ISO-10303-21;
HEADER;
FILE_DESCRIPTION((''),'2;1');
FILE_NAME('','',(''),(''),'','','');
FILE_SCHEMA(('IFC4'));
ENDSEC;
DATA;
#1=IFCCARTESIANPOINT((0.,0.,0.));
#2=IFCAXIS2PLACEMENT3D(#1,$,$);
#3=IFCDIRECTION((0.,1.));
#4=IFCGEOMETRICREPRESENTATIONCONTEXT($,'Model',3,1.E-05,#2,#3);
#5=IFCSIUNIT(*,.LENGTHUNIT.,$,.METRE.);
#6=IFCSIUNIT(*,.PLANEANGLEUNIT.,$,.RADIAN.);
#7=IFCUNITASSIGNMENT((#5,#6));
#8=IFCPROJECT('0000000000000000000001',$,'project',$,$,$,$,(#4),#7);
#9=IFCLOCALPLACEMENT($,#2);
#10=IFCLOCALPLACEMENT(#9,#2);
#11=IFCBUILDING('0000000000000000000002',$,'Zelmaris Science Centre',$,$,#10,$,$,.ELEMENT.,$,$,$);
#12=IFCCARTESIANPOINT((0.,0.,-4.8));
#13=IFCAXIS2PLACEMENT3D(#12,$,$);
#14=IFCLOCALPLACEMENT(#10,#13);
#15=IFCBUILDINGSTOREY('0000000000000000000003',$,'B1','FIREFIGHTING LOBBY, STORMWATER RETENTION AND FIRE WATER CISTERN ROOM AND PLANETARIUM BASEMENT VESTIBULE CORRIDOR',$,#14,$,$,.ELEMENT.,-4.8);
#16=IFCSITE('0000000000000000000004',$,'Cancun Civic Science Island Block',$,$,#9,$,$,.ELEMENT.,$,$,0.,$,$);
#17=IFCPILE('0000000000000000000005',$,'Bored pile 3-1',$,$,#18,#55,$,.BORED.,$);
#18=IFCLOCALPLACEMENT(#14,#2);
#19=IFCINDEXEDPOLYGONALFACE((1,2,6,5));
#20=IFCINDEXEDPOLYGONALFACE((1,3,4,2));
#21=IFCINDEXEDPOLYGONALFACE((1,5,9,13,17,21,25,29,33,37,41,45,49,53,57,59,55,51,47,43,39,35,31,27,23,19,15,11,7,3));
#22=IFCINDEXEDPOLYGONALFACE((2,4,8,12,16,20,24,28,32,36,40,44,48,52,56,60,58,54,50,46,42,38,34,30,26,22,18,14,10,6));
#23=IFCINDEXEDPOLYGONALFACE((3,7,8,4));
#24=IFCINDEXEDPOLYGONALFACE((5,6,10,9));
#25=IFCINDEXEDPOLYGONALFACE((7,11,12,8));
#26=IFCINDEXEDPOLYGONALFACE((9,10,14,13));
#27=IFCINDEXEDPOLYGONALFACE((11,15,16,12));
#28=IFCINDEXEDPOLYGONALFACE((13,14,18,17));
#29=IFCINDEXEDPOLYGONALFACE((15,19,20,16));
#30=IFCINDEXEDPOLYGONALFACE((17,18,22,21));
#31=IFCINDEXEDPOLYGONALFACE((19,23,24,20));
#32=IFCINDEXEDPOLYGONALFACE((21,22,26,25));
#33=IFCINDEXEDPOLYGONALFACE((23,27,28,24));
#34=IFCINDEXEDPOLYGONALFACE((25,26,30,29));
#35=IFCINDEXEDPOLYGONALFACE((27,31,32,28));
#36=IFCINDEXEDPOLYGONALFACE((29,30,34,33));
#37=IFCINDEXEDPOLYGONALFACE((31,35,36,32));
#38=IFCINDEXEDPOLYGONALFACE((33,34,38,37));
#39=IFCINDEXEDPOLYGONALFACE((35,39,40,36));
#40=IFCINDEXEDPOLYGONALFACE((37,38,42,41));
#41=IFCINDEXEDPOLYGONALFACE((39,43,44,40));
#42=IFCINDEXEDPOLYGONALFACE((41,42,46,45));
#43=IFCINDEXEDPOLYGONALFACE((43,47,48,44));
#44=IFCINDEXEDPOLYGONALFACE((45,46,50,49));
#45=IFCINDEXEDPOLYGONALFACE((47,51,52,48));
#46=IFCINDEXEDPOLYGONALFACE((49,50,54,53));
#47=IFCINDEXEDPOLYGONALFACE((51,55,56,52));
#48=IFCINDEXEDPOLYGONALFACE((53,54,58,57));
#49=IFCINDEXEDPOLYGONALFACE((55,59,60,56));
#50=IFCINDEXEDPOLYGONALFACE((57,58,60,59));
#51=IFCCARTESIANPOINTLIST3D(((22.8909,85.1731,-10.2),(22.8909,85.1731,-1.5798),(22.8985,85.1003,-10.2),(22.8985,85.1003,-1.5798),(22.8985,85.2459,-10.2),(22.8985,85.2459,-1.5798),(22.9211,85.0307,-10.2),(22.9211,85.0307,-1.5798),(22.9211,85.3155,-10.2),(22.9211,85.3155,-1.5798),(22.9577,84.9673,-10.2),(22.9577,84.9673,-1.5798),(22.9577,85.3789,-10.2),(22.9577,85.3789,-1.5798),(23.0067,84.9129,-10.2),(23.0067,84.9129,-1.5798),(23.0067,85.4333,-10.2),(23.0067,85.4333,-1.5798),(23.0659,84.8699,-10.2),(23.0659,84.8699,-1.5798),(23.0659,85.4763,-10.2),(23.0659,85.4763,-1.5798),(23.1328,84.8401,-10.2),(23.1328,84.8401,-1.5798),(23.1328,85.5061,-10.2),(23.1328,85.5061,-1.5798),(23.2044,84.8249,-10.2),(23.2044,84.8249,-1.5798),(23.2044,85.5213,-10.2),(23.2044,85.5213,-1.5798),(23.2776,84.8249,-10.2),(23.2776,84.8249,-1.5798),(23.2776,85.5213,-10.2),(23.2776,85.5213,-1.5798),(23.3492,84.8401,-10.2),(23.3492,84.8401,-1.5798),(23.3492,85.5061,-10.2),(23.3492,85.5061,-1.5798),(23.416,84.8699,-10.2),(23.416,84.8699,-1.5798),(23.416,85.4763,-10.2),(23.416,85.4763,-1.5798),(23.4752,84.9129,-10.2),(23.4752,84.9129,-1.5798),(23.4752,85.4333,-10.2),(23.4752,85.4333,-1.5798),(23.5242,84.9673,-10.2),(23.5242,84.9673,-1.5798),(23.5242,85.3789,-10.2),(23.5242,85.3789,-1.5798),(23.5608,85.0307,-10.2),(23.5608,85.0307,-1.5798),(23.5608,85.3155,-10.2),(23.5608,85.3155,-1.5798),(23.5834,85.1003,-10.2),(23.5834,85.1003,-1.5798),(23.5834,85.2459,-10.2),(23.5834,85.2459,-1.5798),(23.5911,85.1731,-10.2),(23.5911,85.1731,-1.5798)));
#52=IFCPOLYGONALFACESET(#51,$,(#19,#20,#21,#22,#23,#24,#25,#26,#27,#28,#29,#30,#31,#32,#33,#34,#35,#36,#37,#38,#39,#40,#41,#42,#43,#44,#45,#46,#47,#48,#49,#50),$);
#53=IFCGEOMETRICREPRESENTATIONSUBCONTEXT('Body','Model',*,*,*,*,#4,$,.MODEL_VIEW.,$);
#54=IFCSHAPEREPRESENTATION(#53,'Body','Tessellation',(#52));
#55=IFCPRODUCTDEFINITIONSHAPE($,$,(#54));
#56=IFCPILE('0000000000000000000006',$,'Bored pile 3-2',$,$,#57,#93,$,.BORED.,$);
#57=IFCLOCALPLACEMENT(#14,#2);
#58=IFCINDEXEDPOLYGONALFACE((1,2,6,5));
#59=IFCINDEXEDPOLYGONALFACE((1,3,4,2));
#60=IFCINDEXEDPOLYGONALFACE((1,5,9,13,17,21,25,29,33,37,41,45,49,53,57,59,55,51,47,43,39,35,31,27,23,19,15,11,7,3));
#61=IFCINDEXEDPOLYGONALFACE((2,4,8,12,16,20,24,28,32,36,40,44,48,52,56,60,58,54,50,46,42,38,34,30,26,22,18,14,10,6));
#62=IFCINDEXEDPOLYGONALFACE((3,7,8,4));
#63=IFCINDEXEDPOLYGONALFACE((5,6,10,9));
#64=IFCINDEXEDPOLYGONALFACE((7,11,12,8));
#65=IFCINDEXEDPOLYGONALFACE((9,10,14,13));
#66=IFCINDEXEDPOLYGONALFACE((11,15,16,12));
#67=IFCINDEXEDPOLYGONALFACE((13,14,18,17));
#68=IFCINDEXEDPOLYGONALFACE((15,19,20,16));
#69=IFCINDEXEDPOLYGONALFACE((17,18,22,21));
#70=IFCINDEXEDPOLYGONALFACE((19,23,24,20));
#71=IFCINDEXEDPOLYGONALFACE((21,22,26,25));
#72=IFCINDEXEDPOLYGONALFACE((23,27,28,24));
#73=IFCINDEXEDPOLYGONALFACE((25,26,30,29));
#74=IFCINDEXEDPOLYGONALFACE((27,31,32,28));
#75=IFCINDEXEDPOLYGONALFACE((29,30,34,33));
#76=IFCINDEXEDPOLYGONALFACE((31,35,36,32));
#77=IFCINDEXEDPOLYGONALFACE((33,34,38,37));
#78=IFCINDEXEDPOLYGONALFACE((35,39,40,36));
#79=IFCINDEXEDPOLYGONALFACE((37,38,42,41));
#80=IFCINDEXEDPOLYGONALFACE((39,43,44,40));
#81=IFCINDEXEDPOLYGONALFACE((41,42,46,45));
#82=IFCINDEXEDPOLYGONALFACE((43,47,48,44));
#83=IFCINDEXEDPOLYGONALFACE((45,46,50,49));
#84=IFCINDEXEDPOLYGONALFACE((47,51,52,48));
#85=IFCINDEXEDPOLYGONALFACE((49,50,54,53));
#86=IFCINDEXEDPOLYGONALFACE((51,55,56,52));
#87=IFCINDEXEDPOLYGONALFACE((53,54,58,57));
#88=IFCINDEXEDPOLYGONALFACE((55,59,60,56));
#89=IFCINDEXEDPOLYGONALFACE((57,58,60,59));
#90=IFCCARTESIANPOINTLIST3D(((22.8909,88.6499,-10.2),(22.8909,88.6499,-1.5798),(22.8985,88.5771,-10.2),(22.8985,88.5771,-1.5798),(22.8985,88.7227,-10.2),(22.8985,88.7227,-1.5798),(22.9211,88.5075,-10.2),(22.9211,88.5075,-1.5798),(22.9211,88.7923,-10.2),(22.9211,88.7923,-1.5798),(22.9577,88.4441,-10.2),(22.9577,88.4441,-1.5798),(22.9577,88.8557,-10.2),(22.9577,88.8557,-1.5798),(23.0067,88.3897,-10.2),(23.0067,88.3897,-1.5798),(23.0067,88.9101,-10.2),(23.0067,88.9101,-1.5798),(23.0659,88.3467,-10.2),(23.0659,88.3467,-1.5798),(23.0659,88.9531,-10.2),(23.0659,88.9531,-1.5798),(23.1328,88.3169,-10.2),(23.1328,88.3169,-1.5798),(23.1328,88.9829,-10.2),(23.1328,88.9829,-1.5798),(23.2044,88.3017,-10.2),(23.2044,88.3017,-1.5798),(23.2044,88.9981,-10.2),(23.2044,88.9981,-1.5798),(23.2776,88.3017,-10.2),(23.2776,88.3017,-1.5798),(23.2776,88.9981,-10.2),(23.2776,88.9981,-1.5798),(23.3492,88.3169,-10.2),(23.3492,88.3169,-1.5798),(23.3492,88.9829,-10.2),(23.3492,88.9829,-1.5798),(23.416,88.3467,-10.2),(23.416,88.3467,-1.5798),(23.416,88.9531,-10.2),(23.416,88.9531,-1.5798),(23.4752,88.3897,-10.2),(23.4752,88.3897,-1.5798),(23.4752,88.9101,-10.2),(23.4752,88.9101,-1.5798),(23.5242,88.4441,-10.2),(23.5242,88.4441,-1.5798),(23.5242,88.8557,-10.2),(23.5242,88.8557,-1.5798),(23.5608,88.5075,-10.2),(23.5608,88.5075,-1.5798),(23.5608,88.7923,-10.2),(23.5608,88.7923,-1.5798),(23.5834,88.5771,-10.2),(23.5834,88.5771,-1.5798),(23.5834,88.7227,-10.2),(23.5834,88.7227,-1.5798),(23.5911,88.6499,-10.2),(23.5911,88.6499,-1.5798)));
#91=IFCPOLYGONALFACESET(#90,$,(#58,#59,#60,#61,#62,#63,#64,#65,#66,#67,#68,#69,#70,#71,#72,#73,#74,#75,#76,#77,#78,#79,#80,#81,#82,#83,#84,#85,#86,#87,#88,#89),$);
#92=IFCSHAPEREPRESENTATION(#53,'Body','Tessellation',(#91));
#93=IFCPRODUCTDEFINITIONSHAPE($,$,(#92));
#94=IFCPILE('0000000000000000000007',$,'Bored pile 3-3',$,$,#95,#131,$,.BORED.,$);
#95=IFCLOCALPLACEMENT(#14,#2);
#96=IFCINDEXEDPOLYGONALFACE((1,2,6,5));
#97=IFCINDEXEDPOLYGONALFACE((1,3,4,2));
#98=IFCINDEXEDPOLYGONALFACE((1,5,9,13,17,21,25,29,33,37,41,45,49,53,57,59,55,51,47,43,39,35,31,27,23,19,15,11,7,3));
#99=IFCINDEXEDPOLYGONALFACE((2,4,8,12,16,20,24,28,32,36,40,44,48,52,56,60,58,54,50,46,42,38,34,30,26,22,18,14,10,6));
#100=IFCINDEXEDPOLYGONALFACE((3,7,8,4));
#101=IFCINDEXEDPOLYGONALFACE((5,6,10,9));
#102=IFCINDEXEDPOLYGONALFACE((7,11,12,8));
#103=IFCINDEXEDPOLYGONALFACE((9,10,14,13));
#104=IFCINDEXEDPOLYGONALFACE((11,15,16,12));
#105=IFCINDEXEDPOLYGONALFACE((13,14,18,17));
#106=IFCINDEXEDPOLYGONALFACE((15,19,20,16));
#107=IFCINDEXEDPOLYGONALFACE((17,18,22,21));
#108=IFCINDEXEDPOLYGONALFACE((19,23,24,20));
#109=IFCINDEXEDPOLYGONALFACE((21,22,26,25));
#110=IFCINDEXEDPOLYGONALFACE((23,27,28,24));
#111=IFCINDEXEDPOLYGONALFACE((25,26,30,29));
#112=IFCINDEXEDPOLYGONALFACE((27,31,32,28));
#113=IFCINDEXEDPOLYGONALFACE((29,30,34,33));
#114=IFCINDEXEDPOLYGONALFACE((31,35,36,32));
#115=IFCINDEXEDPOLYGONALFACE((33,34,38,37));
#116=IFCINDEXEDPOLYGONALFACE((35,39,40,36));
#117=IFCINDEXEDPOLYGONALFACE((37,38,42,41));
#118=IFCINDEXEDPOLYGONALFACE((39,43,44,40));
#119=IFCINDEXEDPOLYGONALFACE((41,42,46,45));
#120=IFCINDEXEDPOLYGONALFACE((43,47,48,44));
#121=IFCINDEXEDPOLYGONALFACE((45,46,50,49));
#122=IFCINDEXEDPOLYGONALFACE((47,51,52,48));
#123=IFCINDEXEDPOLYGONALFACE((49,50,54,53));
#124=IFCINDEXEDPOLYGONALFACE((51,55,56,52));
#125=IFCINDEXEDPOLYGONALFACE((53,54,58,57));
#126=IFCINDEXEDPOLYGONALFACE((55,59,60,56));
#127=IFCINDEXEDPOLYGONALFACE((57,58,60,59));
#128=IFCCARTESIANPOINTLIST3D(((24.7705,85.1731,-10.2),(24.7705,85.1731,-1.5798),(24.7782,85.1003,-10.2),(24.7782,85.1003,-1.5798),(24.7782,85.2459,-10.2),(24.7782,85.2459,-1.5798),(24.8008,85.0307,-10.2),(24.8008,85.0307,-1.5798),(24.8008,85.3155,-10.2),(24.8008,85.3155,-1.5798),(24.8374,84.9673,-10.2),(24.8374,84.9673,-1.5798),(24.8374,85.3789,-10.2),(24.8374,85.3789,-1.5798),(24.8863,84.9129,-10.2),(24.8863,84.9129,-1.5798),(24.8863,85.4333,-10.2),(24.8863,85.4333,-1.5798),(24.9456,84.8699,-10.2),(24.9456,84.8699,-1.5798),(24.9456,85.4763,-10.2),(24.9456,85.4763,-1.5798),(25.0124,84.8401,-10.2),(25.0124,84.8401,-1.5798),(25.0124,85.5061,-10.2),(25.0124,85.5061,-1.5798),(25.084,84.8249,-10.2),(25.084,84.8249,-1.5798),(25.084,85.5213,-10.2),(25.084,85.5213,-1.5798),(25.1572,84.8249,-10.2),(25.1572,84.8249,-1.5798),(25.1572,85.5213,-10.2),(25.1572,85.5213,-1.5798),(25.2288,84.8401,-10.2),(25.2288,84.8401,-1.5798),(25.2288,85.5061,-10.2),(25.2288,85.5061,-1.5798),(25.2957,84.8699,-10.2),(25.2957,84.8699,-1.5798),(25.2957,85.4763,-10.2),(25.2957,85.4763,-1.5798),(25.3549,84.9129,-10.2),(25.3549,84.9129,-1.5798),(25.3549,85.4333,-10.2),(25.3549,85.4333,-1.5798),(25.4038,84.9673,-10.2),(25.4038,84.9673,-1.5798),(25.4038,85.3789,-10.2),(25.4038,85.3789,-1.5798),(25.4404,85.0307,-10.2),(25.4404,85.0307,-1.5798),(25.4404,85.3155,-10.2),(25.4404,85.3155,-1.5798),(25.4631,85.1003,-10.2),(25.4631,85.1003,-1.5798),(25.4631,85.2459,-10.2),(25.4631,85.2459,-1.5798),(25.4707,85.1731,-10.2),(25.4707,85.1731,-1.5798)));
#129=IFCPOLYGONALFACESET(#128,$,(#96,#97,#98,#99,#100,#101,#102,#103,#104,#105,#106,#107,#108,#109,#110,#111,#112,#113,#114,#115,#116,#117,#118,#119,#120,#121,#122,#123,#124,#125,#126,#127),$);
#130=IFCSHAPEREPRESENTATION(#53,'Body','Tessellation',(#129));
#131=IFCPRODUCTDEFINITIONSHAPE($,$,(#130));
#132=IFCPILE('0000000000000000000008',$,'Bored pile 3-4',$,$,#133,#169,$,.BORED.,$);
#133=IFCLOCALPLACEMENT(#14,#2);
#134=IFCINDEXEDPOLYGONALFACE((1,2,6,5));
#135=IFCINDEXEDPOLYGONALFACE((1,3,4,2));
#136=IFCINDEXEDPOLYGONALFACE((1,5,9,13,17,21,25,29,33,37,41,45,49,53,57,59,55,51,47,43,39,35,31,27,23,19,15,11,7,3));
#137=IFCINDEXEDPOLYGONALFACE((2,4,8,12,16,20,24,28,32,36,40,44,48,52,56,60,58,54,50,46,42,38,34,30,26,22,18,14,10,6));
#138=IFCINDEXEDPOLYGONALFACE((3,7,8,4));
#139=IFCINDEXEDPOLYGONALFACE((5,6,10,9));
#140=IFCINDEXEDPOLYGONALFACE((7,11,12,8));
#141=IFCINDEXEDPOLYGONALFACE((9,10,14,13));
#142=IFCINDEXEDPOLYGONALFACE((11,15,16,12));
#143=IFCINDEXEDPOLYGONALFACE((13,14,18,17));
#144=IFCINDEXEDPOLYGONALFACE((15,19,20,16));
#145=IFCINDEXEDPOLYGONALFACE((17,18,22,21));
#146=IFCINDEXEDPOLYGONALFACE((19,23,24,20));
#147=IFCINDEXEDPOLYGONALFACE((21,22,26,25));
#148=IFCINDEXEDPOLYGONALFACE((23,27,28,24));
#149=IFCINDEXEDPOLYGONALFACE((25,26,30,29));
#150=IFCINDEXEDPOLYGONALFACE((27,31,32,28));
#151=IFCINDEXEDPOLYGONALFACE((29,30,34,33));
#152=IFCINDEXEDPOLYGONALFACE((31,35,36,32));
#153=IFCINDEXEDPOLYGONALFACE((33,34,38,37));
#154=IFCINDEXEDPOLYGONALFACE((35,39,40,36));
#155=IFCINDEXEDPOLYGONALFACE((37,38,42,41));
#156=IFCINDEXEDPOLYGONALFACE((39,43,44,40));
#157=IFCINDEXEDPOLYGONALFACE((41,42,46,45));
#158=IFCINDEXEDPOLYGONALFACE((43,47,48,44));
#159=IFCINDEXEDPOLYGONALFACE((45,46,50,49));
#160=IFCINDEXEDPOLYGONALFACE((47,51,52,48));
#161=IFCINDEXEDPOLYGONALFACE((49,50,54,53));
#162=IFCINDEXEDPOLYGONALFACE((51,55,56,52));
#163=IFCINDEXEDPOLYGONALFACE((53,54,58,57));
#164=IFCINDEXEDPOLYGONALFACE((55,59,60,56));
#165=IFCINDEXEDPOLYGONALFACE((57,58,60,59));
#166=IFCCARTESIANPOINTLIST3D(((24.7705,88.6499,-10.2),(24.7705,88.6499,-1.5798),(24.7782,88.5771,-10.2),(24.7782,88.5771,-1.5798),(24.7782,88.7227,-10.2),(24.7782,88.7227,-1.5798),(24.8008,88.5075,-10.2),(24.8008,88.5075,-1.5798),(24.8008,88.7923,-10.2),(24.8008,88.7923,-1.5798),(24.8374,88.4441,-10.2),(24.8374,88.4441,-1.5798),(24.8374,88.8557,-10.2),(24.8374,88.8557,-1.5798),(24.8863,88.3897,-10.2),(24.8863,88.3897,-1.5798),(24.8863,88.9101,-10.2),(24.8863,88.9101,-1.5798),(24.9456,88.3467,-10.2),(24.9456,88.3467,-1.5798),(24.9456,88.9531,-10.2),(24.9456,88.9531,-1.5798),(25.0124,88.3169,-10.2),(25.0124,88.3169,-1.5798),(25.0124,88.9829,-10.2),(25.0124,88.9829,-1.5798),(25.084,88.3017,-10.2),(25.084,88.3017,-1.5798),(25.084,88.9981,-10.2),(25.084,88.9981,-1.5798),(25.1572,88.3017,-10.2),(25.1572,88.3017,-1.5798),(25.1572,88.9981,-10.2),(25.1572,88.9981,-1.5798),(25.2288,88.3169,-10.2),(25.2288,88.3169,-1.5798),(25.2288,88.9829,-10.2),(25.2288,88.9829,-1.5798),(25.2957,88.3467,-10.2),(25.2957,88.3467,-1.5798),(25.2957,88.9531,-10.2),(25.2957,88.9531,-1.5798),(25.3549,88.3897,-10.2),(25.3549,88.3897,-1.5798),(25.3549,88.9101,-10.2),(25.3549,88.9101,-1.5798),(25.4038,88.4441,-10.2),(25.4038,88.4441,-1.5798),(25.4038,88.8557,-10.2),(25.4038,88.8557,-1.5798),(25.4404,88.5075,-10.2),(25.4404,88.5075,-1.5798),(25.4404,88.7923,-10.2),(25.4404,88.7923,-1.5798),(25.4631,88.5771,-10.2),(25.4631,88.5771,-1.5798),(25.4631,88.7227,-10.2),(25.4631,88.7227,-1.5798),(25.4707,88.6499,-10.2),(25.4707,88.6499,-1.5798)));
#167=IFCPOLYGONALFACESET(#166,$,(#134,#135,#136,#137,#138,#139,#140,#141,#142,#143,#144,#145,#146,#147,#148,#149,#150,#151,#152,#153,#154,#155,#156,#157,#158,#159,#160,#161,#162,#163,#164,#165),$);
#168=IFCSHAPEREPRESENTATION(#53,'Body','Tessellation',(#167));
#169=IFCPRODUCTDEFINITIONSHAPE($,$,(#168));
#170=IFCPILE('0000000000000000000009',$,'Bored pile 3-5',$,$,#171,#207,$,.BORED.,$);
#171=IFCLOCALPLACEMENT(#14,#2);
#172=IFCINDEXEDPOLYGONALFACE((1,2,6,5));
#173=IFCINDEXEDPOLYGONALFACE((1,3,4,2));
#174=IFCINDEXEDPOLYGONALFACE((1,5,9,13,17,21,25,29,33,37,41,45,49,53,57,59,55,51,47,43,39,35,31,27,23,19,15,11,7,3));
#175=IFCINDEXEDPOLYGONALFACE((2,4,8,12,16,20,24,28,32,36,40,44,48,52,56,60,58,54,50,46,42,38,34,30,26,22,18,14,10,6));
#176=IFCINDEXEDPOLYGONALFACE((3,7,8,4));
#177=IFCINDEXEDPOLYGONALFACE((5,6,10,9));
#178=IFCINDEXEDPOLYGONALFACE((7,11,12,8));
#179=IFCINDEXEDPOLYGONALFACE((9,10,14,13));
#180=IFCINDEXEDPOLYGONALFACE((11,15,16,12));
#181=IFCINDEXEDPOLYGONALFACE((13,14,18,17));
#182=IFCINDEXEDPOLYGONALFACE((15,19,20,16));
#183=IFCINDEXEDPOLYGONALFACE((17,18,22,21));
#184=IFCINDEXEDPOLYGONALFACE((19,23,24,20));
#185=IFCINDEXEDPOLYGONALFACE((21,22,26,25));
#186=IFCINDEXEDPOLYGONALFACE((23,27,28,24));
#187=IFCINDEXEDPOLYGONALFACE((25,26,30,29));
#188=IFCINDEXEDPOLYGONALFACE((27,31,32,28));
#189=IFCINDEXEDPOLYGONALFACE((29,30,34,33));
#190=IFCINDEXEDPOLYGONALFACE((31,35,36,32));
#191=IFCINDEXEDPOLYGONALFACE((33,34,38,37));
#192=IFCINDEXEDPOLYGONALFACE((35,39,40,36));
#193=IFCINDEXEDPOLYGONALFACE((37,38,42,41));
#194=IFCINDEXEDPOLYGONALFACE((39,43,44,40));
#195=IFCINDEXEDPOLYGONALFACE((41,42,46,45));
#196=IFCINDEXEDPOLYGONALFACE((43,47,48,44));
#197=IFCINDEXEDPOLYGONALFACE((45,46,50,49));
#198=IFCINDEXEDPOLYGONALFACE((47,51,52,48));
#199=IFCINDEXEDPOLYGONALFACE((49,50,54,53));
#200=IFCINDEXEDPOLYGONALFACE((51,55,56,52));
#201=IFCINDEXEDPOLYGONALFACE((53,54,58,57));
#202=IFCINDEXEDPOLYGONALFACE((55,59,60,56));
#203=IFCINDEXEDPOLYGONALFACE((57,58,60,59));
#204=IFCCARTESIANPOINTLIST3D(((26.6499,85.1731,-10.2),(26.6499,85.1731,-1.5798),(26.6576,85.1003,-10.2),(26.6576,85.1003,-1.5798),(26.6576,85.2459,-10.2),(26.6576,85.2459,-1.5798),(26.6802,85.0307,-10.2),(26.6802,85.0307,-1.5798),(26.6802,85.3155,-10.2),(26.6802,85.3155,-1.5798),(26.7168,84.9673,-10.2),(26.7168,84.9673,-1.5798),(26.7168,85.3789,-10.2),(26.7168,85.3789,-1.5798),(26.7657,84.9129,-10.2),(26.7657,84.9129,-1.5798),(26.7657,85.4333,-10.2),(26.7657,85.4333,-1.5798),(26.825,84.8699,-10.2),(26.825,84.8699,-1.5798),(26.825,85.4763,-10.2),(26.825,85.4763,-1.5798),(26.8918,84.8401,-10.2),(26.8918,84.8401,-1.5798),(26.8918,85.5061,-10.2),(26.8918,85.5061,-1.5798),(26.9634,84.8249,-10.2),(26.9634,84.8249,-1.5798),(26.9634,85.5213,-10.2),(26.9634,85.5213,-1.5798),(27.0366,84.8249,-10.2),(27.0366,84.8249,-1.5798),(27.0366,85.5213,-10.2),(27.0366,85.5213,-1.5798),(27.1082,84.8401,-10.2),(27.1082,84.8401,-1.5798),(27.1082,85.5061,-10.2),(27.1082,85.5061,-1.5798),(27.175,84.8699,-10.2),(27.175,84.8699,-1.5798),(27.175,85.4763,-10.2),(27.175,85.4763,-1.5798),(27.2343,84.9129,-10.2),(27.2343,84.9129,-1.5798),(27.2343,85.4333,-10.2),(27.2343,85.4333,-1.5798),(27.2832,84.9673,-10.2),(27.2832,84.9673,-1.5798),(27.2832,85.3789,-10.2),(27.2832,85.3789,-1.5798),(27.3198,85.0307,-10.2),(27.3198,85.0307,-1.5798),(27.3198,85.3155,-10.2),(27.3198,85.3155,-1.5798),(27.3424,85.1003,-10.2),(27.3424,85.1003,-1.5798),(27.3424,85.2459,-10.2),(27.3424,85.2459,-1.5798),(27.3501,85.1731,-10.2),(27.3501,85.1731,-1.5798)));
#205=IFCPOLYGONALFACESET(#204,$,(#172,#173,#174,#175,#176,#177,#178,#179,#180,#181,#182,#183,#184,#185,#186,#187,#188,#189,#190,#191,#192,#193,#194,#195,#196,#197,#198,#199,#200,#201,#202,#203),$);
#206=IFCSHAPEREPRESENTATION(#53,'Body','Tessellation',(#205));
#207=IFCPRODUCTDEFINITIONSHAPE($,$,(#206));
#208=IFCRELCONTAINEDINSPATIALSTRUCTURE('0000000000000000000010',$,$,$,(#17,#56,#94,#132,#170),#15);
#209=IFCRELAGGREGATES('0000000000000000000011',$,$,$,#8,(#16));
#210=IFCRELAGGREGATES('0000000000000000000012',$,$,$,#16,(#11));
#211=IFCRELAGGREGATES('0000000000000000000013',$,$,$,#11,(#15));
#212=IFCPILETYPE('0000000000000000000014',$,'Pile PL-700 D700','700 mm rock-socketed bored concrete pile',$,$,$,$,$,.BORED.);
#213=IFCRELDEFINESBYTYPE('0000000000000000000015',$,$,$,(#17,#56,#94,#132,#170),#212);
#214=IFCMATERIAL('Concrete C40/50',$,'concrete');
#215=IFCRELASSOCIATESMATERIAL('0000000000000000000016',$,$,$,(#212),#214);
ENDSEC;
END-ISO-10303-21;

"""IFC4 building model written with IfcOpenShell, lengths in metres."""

from ifc_helpers import new_model, si_unit, direction, frame, origin, origin_2d, place, context, subcontext, project, spatial, circle, extrude, material, material_profile, profile_set, type_object, element, save


model = new_model("IFC4")

# Units and contexts
model_context = context("Model", 3, precision=1e-05, world=origin(), true_north=direction((0.0, 1.0)))
body_context = subcontext(model_context, "Body", "Model", "MODEL_VIEW")
ifc_project = project(units=[si_unit("LENGTHUNIT", "METRE"), si_unit("PLANEANGLEUNIT", "RADIAN")], contexts=[model_context])

# Site, building, storey
site_placement = place(None, origin())
site = spatial("IfcSite", under=ifc_project, at=site_placement, Name="Cancun Civic Science Island Block", CompositionType="ELEMENT", RefElevation=0.0)
building_placement = place(site_placement, origin())
building = spatial("IfcBuilding", under=site, at=building_placement, Name="Zelmaris Science Centre", CompositionType="ELEMENT")
storey_placement = place(building_placement, frame((0.0, 0.0, -4.8)))
storey = spatial("IfcBuildingStorey", under=building, at=storey_placement, Name="B1", Description="FIREFIGHTING LOBBY, STORMWATER RETENTION AND FIRE WATER CISTERN ROOM AND PLANETARIUM BASEMENT VESTIBULE CORRIDOR", CompositionType="ELEMENT", Elevation=-4.8)

# Shared definitions
ifc_material_1 = material(Name="Concrete C40/50", Category="concrete")

# Piles
ifc_material_profile_1 = material_profile(ifc_material_1, circle(Radius=0.3501, at=origin_2d()), Name="PILE-700")
ifc_profile_set_1 = profile_set([ifc_material_profile_1], Name="Concrete C40/50")
pile_type_1 = type_object("IfcPileType", Name="Pile PL-700 D700", Description="700 mm rock-socketed bored concrete pile", PredefinedType="BORED", material=ifc_profile_set_1)
for number, where, z_axis, x_axis, name in (
    (1, (23.241, 85.1731, -1.5798), (0.0, 0.0, -1.0), (1.0, 0.0, 0.0), "Bored pile 3-1"),
    (2, (23.241, 88.6499, -1.5798), (0.0, 0.0, -1.0), (1.0, 0.0, 0.0), "Bored pile 3-2"),
    (3, (25.1206, 85.1731, -1.5798), (0.0, 0.0, -1.0), (1.0, 0.0, 0.0), "Bored pile 3-3"),
    (4, (25.1206, 88.6499, -1.5798), (0.0, 0.0, -1.0), (1.0, 0.0, 0.0), "Bored pile 3-4"),
    (5, (27.0, 85.1731, -1.5798), (0.0, 0.0, -1.0), (1.0, 0.0, 0.0), "Bored pile 3-5"),
):
    element("IfcPile", number, at=place(storey_placement, frame(where, z_axis=z_axis, x_axis=x_axis)), inside=storey, type_object=pile_type_1, Name=name, PredefinedType="BORED", context=body_context, shape_type="SweptSolid", body=[
        extrude(circle(Radius=0.3501, at=origin_2d()), origin(), (0.0, 0.0, 1.0), 8.6201),
    ])

save(model, "model.ifc")
